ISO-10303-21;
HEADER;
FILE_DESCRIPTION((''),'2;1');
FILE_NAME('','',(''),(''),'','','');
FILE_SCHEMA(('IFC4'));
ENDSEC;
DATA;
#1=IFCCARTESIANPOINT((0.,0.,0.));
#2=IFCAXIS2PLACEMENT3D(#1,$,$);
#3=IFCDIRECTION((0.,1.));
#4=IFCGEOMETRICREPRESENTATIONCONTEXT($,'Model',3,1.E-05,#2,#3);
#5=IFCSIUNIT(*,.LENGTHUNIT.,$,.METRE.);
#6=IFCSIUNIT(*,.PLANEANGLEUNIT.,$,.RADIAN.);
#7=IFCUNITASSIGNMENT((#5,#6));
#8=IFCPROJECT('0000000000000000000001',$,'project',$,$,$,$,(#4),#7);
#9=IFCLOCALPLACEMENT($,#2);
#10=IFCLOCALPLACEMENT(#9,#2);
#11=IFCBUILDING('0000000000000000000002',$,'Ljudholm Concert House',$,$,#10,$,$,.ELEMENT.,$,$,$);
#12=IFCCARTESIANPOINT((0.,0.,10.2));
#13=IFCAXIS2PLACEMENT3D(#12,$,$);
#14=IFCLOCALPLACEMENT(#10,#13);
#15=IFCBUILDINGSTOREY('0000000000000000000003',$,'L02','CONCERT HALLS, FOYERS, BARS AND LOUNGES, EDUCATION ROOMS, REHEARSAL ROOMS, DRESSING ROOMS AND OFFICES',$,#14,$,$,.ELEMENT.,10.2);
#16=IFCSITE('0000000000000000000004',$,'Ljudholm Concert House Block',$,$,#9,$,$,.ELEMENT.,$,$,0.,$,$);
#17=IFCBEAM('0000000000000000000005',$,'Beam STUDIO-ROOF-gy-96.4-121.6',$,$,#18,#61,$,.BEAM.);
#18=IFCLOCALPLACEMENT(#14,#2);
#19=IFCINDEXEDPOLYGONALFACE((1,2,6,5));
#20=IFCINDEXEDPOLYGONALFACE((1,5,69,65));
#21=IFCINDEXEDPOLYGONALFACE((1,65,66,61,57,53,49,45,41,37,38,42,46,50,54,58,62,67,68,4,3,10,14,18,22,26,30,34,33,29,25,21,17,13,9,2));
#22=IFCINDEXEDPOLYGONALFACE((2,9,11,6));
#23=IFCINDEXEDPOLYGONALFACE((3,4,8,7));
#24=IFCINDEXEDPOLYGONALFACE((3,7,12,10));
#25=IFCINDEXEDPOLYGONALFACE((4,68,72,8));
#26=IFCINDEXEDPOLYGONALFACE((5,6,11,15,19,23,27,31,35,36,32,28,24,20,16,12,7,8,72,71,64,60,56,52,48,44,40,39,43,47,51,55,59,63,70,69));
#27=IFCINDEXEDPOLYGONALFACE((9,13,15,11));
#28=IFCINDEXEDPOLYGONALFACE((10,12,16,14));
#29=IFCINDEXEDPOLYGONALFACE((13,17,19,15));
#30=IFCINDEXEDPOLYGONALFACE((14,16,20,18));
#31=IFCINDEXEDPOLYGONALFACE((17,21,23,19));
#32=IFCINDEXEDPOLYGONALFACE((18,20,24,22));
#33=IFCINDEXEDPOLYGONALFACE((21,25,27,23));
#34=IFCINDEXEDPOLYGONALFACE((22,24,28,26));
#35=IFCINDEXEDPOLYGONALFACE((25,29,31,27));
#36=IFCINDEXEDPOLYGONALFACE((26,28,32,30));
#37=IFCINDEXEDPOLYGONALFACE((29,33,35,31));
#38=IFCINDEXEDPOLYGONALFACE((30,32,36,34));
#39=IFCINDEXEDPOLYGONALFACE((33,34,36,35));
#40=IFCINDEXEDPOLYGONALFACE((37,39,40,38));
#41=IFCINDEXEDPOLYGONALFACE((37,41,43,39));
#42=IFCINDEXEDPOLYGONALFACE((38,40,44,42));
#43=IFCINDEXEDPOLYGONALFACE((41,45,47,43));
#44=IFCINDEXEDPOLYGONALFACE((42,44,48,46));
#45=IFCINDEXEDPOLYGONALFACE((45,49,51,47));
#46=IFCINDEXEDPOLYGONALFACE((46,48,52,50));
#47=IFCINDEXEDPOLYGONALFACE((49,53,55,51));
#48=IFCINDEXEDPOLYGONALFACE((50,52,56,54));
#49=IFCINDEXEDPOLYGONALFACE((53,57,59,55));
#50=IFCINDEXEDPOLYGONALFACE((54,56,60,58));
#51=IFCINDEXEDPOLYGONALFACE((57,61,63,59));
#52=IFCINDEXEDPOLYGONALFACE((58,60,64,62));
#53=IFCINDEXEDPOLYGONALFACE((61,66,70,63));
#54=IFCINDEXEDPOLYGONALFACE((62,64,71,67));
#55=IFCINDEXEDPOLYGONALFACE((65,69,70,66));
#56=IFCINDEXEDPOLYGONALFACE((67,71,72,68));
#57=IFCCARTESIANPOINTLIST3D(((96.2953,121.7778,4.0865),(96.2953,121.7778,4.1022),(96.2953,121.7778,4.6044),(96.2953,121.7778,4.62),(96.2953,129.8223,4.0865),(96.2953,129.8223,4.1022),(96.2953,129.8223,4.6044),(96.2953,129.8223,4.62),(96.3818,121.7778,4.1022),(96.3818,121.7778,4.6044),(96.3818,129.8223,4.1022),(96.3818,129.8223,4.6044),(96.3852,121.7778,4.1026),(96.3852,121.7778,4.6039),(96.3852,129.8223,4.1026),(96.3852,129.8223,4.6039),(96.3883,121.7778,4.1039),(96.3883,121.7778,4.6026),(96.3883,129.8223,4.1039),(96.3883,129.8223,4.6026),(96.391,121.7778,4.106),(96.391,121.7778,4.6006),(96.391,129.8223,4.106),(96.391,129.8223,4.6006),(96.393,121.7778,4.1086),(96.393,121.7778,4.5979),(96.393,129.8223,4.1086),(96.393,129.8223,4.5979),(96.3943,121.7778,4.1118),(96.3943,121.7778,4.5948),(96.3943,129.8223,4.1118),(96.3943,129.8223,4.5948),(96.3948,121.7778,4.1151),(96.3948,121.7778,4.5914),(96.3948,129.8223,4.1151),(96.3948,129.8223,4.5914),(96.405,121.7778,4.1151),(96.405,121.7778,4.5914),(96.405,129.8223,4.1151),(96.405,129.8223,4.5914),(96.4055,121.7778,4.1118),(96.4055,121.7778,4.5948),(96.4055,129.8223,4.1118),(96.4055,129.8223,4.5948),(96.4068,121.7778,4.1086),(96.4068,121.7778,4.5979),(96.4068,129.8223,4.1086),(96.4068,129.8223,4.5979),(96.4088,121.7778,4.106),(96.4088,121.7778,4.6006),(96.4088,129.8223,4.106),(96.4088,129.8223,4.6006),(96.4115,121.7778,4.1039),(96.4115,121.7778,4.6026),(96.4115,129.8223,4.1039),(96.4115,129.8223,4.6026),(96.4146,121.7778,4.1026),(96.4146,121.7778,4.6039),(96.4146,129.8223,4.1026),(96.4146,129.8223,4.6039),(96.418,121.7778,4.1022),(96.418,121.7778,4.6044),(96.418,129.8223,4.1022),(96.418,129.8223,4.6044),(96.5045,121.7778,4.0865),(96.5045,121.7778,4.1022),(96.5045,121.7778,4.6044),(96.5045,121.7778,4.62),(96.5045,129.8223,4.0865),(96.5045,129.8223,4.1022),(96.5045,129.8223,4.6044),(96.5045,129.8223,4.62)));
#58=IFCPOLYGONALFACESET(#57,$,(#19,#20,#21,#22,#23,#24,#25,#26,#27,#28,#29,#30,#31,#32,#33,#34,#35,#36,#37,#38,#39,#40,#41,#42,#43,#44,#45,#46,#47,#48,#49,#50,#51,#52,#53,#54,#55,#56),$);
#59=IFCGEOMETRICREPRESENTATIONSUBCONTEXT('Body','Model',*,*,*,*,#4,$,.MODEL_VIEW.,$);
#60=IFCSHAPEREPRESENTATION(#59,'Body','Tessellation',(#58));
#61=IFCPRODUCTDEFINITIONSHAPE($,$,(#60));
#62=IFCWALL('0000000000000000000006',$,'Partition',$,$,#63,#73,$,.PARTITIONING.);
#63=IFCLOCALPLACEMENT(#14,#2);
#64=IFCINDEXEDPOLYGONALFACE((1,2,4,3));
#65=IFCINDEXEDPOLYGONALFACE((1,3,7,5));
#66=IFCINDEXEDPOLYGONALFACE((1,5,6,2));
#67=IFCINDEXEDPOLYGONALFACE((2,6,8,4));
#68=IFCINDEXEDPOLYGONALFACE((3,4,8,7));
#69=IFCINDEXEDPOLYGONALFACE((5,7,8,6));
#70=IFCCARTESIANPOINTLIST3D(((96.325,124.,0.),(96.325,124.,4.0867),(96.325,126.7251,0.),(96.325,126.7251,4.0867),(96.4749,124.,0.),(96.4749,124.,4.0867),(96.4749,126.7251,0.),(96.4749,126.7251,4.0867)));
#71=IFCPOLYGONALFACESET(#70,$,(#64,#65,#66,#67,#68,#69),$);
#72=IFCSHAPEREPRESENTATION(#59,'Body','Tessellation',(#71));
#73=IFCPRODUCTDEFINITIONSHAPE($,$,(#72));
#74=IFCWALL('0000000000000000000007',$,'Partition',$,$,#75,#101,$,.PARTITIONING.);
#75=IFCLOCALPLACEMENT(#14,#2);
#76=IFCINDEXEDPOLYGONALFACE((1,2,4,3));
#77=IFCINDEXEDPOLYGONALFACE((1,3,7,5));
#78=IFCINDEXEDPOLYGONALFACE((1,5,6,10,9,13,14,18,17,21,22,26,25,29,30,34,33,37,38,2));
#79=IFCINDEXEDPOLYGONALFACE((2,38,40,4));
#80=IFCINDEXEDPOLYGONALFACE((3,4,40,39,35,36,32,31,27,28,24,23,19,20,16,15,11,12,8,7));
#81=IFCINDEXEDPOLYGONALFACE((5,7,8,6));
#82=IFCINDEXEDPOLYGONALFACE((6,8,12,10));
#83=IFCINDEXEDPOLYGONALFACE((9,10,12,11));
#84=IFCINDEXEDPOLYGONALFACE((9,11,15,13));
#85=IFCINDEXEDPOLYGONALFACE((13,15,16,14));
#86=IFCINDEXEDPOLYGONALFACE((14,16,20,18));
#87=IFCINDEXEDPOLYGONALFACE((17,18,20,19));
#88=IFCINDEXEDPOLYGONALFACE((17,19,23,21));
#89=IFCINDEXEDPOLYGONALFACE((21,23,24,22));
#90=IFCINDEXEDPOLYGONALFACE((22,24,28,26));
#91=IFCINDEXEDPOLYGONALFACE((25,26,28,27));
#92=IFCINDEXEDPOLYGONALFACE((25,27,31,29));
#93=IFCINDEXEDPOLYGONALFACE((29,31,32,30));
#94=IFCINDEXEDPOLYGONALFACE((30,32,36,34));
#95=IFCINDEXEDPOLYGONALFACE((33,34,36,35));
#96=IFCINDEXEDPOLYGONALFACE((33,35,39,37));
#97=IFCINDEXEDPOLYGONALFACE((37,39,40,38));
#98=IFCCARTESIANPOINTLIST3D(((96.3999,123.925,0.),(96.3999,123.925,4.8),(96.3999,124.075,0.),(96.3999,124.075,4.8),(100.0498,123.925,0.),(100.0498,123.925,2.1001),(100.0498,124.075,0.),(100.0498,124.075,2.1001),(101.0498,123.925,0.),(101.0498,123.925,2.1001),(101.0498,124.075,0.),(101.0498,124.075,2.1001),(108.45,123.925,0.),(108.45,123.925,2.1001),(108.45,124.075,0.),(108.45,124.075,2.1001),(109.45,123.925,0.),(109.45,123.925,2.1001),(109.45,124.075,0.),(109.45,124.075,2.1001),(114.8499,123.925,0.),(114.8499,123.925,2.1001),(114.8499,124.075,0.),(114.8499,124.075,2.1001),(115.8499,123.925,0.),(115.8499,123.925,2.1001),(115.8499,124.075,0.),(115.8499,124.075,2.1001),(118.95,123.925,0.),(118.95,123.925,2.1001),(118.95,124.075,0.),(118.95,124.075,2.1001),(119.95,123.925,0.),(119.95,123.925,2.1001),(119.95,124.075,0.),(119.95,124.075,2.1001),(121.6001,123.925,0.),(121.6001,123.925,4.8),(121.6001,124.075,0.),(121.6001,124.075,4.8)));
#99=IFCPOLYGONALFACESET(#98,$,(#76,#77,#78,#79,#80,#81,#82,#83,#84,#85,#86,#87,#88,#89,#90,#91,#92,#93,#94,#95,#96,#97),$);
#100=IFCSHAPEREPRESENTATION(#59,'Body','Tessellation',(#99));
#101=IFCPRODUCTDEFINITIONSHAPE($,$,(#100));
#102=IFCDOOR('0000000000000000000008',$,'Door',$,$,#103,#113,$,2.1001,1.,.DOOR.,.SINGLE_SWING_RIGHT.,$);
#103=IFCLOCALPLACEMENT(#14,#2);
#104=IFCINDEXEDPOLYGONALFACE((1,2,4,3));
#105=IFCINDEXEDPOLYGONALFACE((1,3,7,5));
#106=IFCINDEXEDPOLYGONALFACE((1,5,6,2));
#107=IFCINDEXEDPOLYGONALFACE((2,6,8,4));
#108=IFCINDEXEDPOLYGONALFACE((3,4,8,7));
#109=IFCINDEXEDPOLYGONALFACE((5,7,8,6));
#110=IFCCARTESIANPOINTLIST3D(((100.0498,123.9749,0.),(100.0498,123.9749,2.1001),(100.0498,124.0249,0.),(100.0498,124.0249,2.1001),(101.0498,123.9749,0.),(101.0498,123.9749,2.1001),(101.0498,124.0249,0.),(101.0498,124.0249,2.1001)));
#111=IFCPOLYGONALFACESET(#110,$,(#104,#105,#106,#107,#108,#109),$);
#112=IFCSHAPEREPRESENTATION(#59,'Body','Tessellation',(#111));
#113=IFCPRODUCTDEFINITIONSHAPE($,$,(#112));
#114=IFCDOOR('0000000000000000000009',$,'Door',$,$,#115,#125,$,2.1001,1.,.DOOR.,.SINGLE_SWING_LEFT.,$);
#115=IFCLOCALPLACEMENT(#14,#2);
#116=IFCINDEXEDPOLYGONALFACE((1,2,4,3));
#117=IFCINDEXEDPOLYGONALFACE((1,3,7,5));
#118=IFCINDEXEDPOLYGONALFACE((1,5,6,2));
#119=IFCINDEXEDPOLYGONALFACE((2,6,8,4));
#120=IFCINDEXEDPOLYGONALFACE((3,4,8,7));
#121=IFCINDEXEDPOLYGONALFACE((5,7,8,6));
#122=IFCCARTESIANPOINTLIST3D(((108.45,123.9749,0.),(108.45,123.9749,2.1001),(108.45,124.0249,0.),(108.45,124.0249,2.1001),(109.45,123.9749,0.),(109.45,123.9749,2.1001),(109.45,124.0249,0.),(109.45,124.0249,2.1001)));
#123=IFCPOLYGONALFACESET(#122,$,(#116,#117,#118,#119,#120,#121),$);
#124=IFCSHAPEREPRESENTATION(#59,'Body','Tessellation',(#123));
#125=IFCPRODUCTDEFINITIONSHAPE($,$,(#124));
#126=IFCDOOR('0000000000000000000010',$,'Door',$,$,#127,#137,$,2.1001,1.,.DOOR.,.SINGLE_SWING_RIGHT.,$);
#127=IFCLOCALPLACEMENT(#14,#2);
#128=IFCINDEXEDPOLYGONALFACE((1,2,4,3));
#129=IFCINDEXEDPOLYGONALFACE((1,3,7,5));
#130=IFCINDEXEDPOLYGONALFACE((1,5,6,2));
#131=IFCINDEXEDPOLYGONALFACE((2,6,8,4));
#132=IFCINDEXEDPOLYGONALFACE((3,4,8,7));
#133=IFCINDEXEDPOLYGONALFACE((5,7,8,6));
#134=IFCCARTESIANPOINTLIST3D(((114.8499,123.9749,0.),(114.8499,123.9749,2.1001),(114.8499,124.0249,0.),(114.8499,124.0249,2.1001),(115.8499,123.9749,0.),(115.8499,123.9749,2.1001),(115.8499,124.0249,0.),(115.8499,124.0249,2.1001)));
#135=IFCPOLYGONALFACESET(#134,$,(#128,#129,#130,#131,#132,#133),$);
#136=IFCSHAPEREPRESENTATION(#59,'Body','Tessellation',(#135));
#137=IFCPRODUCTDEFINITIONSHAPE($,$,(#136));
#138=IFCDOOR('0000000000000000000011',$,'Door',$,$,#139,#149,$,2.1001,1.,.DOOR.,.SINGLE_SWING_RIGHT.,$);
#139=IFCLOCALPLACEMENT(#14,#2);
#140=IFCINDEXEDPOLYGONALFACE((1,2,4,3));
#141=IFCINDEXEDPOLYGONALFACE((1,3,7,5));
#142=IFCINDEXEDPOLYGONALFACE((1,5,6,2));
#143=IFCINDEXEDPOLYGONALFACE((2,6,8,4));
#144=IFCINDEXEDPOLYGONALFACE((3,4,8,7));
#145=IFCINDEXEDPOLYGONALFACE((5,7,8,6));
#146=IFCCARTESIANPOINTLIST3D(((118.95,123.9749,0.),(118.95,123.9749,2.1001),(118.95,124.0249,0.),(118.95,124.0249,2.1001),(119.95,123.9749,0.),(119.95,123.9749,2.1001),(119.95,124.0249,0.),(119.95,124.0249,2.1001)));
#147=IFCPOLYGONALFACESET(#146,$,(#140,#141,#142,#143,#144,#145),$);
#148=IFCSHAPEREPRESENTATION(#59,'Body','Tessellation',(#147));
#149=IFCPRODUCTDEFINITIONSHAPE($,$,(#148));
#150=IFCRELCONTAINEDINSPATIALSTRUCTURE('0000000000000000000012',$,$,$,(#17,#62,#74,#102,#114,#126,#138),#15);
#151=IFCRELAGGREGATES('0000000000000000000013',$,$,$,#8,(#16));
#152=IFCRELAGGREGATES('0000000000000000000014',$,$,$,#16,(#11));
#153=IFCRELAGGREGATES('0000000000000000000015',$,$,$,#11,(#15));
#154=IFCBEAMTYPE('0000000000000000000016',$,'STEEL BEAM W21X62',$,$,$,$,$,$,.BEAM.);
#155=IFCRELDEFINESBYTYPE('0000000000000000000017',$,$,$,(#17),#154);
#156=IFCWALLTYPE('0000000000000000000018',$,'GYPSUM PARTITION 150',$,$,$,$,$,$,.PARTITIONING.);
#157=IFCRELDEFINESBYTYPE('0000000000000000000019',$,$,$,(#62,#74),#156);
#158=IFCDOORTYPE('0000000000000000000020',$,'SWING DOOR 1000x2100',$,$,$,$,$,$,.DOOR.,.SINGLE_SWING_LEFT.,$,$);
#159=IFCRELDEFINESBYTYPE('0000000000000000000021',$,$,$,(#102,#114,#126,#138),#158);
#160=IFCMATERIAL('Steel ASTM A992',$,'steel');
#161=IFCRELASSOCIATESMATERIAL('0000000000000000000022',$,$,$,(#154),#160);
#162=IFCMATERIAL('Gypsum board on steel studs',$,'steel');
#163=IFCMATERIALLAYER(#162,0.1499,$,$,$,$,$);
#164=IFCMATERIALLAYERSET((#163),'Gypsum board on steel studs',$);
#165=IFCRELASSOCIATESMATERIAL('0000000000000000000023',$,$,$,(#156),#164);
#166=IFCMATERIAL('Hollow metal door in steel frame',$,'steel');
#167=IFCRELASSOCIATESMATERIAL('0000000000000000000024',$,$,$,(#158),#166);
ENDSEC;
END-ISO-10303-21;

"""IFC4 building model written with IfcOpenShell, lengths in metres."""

from ifc_helpers import new_model, si_unit, direction, frame, frame_2d, origin, origin_2d, place, context, subcontext, project, spatial, rectangle, i_section, extrude, material, layer, layer_set, material_profile, profile_set, type_object, element, fill, save


model = new_model("IFC4")

# Units and contexts
model_context = context("Model", 3, precision=1e-05, world=origin(), true_north=direction((0.0, 1.0)))
body_context = subcontext(model_context, "Body", "Model", "MODEL_VIEW")
ifc_project = project(units=[si_unit("LENGTHUNIT", "METRE"), si_unit("PLANEANGLEUNIT", "RADIAN")], contexts=[model_context])

# Site, building, storey
site_placement = place(None, origin())
site = spatial("IfcSite", under=ifc_project, at=site_placement, Name="Ljudholm Concert House Block", CompositionType="ELEMENT", RefElevation=0.0)
building_placement = place(site_placement, origin())
building = spatial("IfcBuilding", under=site, at=building_placement, Name="Ljudholm Concert House", CompositionType="ELEMENT")
storey_placement = place(building_placement, frame((0.0, 0.0, 10.2)))
storey = spatial("IfcBuildingStorey", under=building, at=storey_placement, Name="L02", Description="CONCERT HALLS, FOYERS, BARS AND LOUNGES, EDUCATION ROOMS, REHEARSAL ROOMS, DRESSING ROOMS AND OFFICES", CompositionType="ELEMENT", Elevation=10.2)

# Beam
ifc_material_1 = material(Name="Steel ASTM A992", Category="steel")
ifc_material_profile = material_profile(ifc_material_1, i_section(OverallWidth=0.2092, OverallDepth=0.5334, WebThickness=0.0103, FlangeThickness=0.0156, FilletRadius=0.0129, at=origin_2d()), Name="W21X62")
ifc_profile_set = profile_set([ifc_material_profile], Name="Steel ASTM A992")
beam_type = type_object("IfcBeamType", Name="STEEL BEAM W21X62", PredefinedType="BEAM", material=ifc_profile_set)
beam_placement = place(storey_placement, frame((96.3999, 121.7778, 4.3533), z_axis=(0.0, 1.0, 0.0), x_axis=(-1.0, 0.0, 0.0)))
element("IfcBeam", 1, at=beam_placement, inside=storey, type_object=beam_type, Name="Beam STUDIO-ROOF-gy-96.4-121.6", PredefinedType="BEAM", context=body_context, shape_type="SweptSolid", body=[
    extrude(i_section(OverallWidth=0.2092, OverallDepth=0.5334, WebThickness=0.0103, FlangeThickness=0.0156, FilletRadius=0.0129, at=origin_2d()), origin(), (0.0, 0.0, 1.0), 8.0444),
])

# Wall
ifc_material_2 = material(Name="Gypsum board on steel studs", Category="steel")
ifc_layer_1 = layer(ifc_material_2, 0.1499)
ifc_layer_set_1 = layer_set([ifc_layer_1], Name="Gypsum board on steel studs")
wall_type_1 = type_object("IfcWallType", Name="GYPSUM PARTITION 150", PredefinedType="PARTITIONING", material=ifc_layer_set_1)
wall_1_placement = place(storey_placement, frame((96.3999, 124.0, 0.0), z_axis=(0.0, 0.0, 1.0), x_axis=(0.0, 1.0, 0.0)))
element("IfcWall", 2, at=wall_1_placement, inside=storey, type_object=wall_type_1, Name="Partition", PredefinedType="PARTITIONING", context=body_context, shape_type="SweptSolid", body=[
    extrude(rectangle(XDim=2.7251, YDim=0.1499, at=frame_2d((1.3625, 0.0))), origin(), (0.0, 0.0, 1.0), 4.0867),
])

# Wall, openings, doors
wall_2_placement = place(storey_placement, frame((96.3999, 124.0, 0.0), z_axis=(0.0, 0.0, 1.0), x_axis=(1.0, 0.0, 0.0)))
wall_2 = element("IfcWall", 3, at=wall_2_placement, inside=storey, type_object=wall_type_1, Name="Partition", PredefinedType="PARTITIONING", context=body_context, shape_type="SweptSolid", body=[
    extrude(rectangle(XDim=25.2002, YDim=0.1499, at=frame_2d((12.6001, 0.0))), origin(), (0.0, 0.0, 1.0), 4.8),
])
opening_1_placement = place(wall_2_placement, frame((3.6499, 0.0, 0.0)))
opening_1 = element("IfcOpeningElement", 4, at=opening_1_placement, cuts=wall_2, PredefinedType="OPENING", context=body_context, shape_type="SweptSolid", body=[
    extrude(rectangle(XDim=1.0, YDim=2.1001, at=frame_2d((0.5, 1.05))), frame((0.0, 0.085, 0.0), z_axis=(0.0, -1.0, 0.0), x_axis=(1.0, 0.0, 0.0)), (0.0, 0.0, 1.0), 0.1699),
])
opening_2_placement = place(wall_2_placement, frame((12.05, 0.0, 0.0)))
opening_2 = element("IfcOpeningElement", 5, at=opening_2_placement, cuts=wall_2, PredefinedType="OPENING", context=body_context, shape_type="SweptSolid", body=[
    extrude(rectangle(XDim=1.0, YDim=2.1001, at=frame_2d((0.5, 1.05))), frame((0.0, 0.085, 0.0), z_axis=(0.0, -1.0, 0.0), x_axis=(1.0, 0.0, 0.0)), (0.0, 0.0, 1.0), 0.1699),
])
opening_3_placement = place(wall_2_placement, frame((18.45, 0.0, 0.0)))
opening_3 = element("IfcOpeningElement", 6, at=opening_3_placement, cuts=wall_2, PredefinedType="OPENING", context=body_context, shape_type="SweptSolid", body=[
    extrude(rectangle(XDim=1.0, YDim=2.1001, at=frame_2d((0.5, 1.05))), frame((0.0, 0.085, 0.0), z_axis=(0.0, -1.0, 0.0), x_axis=(1.0, 0.0, 0.0)), (0.0, 0.0, 1.0), 0.1699),
])
opening_4_placement = place(wall_2_placement, frame((22.55, 0.0, 0.0)))
opening_4 = element("IfcOpeningElement", 7, at=opening_4_placement, cuts=wall_2, PredefinedType="OPENING", context=body_context, shape_type="SweptSolid", body=[
    extrude(rectangle(XDim=1.0, YDim=2.1001, at=frame_2d((0.5, 1.05))), frame((0.0, 0.085, 0.0), z_axis=(0.0, -1.0, 0.0), x_axis=(1.0, 0.0, 0.0)), (0.0, 0.0, 1.0), 0.1699),
])
ifc_material_3 = material(Name="Hollow metal door in steel frame", Category="steel")
door_type = type_object("IfcDoorType", Name="SWING DOOR 1000x2100", OperationType="SINGLE_SWING_LEFT", PredefinedType="DOOR", material=ifc_material_3)
door_1_placement = place(opening_1_placement, origin())
door_1 = element("IfcDoor", 8, at=door_1_placement, inside=storey, type_object=door_type, Name="Door", OperationType="SINGLE_SWING_RIGHT", OverallHeight=2.1001, OverallWidth=1.0, PredefinedType="DOOR", context=body_context, shape_type="SweptSolid", body=[
    extrude(rectangle(XDim=1.0, YDim=2.1001, at=frame_2d((0.5, 1.05))), frame((0.0, 0.0249, 0.0), z_axis=(0.0, -1.0, 0.0), x_axis=(1.0, 0.0, 0.0)), (0.0, 0.0, 1.0), 0.05),
])
fill(opening_1, door_1)
door_2_placement = place(opening_2_placement, origin())
door_2 = element("IfcDoor", 9, at=door_2_placement, inside=storey, type_object=door_type, Name="Door", OperationType="SINGLE_SWING_LEFT", OverallHeight=2.1001, OverallWidth=1.0, PredefinedType="DOOR", context=body_context, shape_type="SweptSolid", body=[
    extrude(rectangle(XDim=1.0, YDim=2.1001, at=frame_2d((0.5, 1.05))), frame((0.0, 0.0249, 0.0), z_axis=(0.0, -1.0, 0.0), x_axis=(1.0, 0.0, 0.0)), (0.0, 0.0, 1.0), 0.05),
])
fill(opening_2, door_2)
door_3_placement = place(opening_3_placement, origin())
door_3 = element("IfcDoor", 10, at=door_3_placement, inside=storey, type_object=door_type, Name="Door", OperationType="SINGLE_SWING_RIGHT", OverallHeight=2.1001, OverallWidth=1.0, PredefinedType="DOOR", context=body_context, shape_type="SweptSolid", body=[
    extrude(rectangle(XDim=1.0, YDim=2.1001, at=frame_2d((0.5, 1.05))), frame((0.0, 0.0249, 0.0), z_axis=(0.0, -1.0, 0.0), x_axis=(1.0, 0.0, 0.0)), (0.0, 0.0, 1.0), 0.05),
])
fill(opening_3, door_3)
door_4_placement = place(opening_4_placement, origin())
door_4 = element("IfcDoor", 11, at=door_4_placement, inside=storey, type_object=door_type, Name="Door", OperationType="SINGLE_SWING_RIGHT", OverallHeight=2.1001, OverallWidth=1.0, PredefinedType="DOOR", context=body_context, shape_type="SweptSolid", body=[
    extrude(rectangle(XDim=1.0, YDim=2.1001, at=frame_2d((0.5, 1.05))), frame((0.0, 0.0249, 0.0), z_axis=(0.0, -1.0, 0.0), x_axis=(1.0, 0.0, 0.0)), (0.0, 0.0, 1.0), 0.05),
])
fill(opening_4, door_4)

save(model, "model.ifc")
